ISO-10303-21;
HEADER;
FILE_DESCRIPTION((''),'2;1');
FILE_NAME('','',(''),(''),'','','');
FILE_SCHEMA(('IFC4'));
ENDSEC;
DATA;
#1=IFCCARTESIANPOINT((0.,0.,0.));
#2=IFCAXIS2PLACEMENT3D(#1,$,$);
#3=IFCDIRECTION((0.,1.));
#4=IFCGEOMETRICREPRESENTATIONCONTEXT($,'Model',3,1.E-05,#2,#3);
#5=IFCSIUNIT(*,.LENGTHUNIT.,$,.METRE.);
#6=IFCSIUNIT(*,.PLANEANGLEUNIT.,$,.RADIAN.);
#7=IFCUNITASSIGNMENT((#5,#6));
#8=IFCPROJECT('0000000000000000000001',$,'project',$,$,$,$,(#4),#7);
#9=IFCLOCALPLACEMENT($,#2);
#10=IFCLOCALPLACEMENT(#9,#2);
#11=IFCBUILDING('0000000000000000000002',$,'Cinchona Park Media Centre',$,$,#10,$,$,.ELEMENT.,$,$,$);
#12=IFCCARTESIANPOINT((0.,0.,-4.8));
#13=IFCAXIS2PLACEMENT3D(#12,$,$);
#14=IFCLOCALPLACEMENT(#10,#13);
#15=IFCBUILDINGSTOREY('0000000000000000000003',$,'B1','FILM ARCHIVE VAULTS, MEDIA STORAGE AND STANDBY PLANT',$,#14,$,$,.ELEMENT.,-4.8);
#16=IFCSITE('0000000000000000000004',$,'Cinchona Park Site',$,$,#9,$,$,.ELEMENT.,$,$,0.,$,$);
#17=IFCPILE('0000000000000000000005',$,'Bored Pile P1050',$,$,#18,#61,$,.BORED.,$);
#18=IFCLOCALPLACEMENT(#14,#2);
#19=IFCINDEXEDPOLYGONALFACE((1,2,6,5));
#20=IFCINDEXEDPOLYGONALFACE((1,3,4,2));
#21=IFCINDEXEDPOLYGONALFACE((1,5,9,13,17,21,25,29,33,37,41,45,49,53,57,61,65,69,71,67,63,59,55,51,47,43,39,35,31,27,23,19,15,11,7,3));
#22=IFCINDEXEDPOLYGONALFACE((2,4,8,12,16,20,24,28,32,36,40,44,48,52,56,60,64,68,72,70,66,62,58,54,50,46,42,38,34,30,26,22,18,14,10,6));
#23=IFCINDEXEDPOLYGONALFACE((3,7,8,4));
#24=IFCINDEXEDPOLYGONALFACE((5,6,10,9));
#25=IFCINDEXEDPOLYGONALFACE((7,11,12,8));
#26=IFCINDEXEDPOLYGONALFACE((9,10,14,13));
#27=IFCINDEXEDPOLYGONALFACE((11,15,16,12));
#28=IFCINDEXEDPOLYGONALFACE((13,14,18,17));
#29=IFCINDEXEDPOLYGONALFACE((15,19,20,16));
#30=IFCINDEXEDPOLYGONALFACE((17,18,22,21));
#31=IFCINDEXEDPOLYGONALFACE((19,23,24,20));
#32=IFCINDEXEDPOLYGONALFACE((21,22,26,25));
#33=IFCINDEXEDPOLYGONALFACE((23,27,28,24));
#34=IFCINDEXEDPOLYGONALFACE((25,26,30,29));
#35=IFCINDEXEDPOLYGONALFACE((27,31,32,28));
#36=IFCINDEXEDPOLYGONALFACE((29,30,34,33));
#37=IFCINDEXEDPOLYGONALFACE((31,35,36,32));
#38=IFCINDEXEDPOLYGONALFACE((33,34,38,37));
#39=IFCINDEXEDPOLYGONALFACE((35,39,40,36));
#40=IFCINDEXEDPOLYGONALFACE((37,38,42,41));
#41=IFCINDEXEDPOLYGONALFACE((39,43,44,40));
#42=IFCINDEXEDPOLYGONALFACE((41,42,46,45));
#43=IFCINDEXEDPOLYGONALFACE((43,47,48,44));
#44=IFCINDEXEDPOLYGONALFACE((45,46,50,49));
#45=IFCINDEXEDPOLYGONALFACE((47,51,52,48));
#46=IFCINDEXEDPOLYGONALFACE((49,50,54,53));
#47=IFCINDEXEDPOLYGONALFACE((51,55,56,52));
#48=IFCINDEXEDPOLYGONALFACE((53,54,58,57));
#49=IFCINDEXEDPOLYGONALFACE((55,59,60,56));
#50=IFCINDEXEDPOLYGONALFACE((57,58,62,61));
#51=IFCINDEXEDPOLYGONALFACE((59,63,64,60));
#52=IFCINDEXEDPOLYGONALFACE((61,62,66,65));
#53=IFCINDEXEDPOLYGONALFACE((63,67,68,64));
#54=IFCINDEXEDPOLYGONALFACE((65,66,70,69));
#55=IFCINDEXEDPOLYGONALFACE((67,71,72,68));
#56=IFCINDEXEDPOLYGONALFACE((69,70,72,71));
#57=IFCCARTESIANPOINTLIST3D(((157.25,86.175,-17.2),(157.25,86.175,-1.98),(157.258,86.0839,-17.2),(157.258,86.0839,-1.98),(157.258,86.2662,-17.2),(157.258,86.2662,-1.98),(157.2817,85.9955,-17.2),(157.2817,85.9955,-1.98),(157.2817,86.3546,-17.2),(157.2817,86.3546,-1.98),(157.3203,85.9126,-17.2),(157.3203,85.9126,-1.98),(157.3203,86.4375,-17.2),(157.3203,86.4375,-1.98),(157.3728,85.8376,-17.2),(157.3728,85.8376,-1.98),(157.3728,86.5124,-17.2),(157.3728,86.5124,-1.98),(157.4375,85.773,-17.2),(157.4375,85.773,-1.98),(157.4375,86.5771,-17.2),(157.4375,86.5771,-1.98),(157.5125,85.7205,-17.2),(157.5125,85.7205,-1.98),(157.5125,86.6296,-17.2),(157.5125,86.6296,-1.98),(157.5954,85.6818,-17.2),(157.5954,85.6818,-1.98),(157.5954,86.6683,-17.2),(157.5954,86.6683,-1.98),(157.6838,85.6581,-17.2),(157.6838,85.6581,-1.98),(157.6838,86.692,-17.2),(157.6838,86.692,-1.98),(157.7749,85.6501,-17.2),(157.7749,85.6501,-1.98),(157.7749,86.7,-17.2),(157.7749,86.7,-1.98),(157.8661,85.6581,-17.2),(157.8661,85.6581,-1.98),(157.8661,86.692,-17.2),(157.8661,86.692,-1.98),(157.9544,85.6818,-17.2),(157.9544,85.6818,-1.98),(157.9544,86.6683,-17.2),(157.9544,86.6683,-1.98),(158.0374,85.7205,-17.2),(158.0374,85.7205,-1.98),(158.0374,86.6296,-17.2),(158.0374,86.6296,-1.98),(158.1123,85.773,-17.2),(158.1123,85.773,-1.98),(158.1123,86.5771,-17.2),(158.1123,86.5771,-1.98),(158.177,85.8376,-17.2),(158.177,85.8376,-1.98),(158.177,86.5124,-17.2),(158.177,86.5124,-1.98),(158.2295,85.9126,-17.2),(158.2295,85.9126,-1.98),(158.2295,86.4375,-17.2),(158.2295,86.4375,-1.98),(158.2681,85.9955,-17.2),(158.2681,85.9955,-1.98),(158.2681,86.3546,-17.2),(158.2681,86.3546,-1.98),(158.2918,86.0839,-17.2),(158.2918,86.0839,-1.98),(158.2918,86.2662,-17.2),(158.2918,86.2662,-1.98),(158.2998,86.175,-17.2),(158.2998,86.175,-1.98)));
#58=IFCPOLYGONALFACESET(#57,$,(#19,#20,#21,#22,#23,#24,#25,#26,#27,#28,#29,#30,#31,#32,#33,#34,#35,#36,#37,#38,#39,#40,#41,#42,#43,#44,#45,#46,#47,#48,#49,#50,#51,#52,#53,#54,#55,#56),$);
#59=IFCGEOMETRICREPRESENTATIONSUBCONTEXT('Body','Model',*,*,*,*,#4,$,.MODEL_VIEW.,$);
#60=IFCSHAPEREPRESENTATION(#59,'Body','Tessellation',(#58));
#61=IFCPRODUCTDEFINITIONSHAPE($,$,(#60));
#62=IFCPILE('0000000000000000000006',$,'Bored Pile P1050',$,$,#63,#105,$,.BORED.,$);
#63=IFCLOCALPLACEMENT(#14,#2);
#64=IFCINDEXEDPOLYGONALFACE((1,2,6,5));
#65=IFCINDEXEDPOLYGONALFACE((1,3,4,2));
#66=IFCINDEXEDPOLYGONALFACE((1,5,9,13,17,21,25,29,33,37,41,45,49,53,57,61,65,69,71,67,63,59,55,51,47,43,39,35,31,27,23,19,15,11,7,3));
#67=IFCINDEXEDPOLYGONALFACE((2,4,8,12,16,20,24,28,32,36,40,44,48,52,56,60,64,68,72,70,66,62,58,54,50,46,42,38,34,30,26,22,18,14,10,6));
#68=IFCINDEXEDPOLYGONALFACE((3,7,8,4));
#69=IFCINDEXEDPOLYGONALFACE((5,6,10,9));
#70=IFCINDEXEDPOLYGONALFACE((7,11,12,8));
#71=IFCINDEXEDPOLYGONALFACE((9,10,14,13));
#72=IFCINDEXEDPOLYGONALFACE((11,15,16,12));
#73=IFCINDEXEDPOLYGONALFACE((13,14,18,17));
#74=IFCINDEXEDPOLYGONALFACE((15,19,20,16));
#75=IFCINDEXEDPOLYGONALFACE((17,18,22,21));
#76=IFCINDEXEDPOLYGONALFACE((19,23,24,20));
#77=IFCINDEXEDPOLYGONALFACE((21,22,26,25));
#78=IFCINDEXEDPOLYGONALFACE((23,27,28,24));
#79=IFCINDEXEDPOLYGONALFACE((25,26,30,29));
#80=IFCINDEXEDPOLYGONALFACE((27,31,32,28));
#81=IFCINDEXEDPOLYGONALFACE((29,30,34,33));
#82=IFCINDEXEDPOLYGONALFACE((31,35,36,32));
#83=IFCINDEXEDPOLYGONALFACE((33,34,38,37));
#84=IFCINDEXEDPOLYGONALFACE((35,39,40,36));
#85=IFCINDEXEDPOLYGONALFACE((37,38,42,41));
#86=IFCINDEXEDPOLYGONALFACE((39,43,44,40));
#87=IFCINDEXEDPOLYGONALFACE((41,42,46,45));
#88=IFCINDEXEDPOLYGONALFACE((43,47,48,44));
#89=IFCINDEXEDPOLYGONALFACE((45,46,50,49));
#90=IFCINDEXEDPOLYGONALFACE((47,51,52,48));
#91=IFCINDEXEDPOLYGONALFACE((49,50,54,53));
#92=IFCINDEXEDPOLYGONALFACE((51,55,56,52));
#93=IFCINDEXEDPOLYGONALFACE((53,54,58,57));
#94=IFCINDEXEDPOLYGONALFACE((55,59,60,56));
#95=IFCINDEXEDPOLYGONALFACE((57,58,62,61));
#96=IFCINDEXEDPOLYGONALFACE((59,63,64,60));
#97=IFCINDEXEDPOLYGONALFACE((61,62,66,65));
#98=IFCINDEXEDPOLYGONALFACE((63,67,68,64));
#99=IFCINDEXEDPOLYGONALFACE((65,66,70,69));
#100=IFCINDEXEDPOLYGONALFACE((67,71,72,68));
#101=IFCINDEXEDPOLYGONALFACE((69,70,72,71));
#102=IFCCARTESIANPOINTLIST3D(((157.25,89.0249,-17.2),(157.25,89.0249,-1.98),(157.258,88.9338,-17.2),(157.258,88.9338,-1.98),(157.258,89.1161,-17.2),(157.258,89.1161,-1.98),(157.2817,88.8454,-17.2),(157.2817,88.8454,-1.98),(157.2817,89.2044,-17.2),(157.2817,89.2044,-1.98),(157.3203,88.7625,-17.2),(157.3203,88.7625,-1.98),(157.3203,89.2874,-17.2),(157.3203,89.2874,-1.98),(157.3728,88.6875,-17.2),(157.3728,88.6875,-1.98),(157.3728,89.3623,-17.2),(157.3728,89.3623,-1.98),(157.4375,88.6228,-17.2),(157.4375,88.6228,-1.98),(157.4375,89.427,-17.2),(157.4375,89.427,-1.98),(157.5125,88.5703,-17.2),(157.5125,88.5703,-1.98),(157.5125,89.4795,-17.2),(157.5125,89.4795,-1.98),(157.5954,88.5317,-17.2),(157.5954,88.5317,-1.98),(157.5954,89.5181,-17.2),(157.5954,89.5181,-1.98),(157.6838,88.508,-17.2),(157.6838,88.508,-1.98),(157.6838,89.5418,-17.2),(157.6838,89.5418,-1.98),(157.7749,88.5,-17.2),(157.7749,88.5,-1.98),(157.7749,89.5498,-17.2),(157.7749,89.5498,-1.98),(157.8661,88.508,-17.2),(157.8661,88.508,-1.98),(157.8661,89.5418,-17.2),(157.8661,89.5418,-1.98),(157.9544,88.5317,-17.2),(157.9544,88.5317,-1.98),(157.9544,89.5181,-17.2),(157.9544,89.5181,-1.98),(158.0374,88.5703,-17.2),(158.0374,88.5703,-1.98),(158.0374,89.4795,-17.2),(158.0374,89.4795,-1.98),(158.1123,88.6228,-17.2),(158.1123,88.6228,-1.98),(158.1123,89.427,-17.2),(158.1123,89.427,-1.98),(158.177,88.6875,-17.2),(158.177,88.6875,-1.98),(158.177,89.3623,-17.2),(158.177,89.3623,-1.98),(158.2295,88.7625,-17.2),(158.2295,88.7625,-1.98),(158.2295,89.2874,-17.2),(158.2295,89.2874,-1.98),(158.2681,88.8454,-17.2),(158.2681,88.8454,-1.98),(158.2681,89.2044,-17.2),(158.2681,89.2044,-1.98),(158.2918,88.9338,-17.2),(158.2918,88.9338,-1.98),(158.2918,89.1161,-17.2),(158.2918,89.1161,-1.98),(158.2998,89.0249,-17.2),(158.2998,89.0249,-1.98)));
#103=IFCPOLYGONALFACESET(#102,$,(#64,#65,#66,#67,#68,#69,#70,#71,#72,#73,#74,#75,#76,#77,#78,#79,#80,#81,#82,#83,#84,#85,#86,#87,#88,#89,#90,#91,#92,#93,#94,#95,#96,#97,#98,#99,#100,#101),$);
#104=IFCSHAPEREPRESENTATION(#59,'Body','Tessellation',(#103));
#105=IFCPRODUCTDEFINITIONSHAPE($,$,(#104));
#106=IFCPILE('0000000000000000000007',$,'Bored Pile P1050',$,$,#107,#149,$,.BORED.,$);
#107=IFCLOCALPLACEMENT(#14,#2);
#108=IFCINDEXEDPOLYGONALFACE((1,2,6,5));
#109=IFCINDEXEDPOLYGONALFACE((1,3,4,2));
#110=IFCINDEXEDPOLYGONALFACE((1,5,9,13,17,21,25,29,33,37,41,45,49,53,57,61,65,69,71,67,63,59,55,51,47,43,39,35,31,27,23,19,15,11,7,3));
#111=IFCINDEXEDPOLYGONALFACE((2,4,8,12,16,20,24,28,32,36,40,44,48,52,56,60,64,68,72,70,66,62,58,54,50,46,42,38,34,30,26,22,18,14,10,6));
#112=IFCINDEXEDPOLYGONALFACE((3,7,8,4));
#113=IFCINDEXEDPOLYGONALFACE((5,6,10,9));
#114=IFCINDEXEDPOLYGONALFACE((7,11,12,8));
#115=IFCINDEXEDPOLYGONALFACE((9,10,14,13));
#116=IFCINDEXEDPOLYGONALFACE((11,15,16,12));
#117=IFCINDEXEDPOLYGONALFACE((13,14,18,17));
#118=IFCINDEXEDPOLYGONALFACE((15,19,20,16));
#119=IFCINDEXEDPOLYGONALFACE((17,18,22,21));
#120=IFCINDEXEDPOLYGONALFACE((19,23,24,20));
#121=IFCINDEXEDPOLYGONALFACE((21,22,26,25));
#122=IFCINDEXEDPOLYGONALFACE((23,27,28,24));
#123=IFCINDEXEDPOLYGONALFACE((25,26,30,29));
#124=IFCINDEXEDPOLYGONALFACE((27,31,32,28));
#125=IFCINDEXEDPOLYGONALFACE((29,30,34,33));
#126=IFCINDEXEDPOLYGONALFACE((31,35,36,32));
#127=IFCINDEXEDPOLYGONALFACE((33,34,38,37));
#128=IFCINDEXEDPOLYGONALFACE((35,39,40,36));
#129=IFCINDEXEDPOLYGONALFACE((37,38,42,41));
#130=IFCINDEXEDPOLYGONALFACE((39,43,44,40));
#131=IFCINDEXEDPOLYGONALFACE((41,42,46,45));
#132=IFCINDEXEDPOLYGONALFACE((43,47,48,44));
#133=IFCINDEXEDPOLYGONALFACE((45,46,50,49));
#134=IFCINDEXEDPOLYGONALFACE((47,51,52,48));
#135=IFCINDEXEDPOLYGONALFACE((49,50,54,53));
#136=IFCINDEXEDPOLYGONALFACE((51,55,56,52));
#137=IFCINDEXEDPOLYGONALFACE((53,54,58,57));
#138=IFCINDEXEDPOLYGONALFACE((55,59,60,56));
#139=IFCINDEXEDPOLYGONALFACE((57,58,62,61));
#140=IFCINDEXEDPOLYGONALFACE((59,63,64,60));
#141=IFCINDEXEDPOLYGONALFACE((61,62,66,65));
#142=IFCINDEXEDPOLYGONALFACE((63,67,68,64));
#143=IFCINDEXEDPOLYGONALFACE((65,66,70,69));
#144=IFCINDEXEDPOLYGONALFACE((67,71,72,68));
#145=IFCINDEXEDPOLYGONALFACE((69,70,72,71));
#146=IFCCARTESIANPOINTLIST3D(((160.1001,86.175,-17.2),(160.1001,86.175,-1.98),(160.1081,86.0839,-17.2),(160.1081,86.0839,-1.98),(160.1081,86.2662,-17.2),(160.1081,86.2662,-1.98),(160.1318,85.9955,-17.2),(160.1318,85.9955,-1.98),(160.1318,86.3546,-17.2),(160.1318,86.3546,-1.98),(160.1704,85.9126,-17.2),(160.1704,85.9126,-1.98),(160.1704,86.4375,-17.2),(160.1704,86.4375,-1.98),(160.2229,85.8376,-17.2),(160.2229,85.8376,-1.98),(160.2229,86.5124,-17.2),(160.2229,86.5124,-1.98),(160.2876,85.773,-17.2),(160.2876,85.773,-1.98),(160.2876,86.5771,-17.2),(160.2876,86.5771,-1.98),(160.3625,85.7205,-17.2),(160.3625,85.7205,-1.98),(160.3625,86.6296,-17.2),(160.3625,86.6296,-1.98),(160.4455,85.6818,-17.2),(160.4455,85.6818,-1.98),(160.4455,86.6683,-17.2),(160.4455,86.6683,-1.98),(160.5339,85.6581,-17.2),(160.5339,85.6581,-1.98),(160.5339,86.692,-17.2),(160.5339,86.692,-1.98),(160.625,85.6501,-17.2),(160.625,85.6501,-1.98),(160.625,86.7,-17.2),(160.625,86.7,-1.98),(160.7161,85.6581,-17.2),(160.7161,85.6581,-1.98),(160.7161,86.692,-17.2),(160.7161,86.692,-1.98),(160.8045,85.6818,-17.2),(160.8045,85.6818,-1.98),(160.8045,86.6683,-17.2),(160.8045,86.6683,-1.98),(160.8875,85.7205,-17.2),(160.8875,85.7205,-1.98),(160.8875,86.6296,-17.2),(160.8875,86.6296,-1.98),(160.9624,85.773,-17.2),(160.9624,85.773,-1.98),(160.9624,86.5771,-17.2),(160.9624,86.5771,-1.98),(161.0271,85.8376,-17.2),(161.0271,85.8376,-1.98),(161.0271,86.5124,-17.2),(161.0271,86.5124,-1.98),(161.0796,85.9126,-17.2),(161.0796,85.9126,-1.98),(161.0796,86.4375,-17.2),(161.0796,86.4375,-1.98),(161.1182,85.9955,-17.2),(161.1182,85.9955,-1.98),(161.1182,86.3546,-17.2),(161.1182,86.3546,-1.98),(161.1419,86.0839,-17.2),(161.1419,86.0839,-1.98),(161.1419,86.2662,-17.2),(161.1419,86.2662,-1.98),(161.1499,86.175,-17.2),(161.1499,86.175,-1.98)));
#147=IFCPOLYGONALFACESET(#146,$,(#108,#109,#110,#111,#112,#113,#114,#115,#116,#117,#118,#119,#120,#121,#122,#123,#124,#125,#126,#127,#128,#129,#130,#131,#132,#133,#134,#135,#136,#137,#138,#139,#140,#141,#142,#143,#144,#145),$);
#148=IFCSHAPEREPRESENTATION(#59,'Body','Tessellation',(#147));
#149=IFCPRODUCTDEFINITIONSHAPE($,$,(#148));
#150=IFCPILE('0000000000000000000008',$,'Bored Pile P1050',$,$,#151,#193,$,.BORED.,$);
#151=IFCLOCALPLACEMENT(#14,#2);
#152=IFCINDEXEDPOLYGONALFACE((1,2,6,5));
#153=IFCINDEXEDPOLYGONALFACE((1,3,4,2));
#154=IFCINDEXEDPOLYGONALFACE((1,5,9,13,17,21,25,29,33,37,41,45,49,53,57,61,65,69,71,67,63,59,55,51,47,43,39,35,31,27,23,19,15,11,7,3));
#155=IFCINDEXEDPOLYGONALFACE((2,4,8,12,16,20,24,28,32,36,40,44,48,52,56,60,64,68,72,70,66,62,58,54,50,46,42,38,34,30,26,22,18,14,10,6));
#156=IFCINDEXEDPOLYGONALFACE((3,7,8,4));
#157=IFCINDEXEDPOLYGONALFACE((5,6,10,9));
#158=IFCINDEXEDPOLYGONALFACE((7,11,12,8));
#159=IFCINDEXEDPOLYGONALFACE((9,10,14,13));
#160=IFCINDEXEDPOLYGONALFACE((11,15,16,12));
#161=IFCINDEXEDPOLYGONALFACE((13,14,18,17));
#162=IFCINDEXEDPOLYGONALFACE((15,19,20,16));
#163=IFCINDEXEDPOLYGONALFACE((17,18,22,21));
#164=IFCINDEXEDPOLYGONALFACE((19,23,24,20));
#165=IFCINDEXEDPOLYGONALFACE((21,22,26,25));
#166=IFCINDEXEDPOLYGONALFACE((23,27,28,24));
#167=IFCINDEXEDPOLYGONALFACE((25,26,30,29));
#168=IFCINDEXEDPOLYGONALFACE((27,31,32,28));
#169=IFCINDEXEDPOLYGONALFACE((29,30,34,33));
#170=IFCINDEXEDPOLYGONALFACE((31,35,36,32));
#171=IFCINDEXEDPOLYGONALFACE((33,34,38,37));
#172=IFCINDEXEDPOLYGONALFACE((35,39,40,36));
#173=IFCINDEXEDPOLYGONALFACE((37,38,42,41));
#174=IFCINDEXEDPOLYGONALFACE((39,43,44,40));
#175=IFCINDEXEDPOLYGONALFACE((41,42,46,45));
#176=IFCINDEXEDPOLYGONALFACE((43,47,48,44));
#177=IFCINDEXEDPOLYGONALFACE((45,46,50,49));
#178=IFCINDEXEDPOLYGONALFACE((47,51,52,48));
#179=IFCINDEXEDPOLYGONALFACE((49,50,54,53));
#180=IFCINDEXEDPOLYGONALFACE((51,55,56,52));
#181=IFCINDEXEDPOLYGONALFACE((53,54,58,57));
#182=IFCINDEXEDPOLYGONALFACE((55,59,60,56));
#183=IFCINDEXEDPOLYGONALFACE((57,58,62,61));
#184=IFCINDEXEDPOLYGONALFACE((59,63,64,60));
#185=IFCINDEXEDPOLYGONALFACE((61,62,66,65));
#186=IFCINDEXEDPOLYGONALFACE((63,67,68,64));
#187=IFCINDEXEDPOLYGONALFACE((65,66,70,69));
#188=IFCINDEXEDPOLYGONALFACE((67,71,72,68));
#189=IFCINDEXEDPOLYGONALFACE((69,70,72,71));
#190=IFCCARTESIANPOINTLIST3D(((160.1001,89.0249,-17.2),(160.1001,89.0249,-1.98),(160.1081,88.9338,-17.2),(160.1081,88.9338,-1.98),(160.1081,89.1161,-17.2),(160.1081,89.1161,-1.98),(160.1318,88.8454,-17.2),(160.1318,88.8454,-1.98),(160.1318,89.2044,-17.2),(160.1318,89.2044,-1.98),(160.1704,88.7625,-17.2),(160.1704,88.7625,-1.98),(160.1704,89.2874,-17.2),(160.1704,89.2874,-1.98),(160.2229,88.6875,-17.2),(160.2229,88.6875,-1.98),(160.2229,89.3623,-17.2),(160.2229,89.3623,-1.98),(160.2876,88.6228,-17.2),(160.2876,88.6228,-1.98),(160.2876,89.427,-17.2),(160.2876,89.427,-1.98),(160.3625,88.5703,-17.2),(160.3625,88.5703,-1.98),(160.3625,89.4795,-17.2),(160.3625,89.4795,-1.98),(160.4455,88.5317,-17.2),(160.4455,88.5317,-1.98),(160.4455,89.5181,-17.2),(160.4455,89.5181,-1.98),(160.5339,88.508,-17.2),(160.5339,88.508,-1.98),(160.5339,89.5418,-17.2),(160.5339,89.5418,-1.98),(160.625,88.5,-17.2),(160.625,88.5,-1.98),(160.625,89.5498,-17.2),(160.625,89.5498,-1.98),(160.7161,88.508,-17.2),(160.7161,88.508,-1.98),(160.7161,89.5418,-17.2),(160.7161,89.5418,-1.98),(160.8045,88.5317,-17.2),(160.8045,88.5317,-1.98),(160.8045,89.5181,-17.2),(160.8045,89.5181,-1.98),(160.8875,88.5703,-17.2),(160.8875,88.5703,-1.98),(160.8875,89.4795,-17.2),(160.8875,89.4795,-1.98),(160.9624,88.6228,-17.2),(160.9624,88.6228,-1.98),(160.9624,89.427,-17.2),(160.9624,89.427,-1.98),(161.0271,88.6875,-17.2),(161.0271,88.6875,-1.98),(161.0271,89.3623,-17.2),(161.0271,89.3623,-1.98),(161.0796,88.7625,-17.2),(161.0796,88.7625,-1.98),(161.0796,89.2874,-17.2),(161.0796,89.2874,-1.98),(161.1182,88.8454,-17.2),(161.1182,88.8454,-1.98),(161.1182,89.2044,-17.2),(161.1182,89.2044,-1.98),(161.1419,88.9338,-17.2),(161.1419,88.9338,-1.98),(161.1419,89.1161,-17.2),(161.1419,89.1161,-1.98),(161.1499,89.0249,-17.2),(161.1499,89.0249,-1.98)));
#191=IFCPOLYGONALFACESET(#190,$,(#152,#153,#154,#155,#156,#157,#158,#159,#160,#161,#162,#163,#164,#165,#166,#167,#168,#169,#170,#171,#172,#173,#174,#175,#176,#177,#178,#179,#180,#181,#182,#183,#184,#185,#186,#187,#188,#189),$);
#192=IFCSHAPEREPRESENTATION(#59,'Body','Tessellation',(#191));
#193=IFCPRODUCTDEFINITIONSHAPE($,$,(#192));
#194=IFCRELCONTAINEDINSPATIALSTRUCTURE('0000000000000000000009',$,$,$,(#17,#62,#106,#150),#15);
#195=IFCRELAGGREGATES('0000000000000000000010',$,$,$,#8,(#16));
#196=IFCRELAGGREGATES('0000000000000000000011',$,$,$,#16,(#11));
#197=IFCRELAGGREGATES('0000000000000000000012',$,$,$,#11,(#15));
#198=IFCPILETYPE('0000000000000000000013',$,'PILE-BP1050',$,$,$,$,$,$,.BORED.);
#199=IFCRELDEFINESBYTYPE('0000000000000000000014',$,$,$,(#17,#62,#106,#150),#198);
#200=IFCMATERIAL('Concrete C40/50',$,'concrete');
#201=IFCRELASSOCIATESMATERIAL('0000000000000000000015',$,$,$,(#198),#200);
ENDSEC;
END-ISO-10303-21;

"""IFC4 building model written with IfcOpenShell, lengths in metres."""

from ifc_helpers import new_model, si_unit, direction, frame, origin, origin_2d, place, context, subcontext, project, spatial, circle, extrude, material, material_profile, profile_set, type_object, element, save


model = new_model("IFC4")

# Units and contexts
model_context = context("Model", 3, precision=1e-05, world=origin(), true_north=direction((0.0, 1.0)))
body_context = subcontext(model_context, "Body", "Model", "MODEL_VIEW")
ifc_project = project(units=[si_unit("LENGTHUNIT", "METRE"), si_unit("PLANEANGLEUNIT", "RADIAN")], contexts=[model_context])

# Site, building, storey
site_placement = place(None, origin())
site = spatial("IfcSite", under=ifc_project, at=site_placement, Name="Cinchona Park Site", CompositionType="ELEMENT", RefElevation=0.0)
building_placement = place(site_placement, origin())
building = spatial("IfcBuilding", under=site, at=building_placement, Name="Cinchona Park Media Centre", CompositionType="ELEMENT")
storey_placement = place(building_placement, frame((0.0, 0.0, -4.8)))
storey = spatial("IfcBuildingStorey", under=building, at=storey_placement, Name="B1", Description="FILM ARCHIVE VAULTS, MEDIA STORAGE AND STANDBY PLANT", CompositionType="ELEMENT", Elevation=-4.8)

# Piles
ifc_material_1 = material(Name="Concrete C40/50", Category="concrete")
ifc_material_profile_1 = material_profile(ifc_material_1, circle(Radius=0.5249, at=origin_2d()), Name="BORED PILE 1050")
ifc_profile_set_1 = profile_set([ifc_material_profile_1], Name="Concrete C40/50")
pile_type_1 = type_object("IfcPileType", Name="PILE-BP1050", PredefinedType="BORED", material=ifc_profile_set_1)
for number, where, z_axis, x_axis, name in (
    (1, (157.7749, 86.175, -1.98), (0.0, 0.0, -1.0), (1.0, 0.0, 0.0), "Bored Pile P1050"),
    (2, (157.7749, 89.0249, -1.98), (0.0, 0.0, -1.0), (1.0, 0.0, 0.0), "Bored Pile P1050"),
    (3, (160.625, 86.175, -1.98), (0.0, 0.0, -1.0), (1.0, 0.0, 0.0), "Bored Pile P1050"),
    (4, (160.625, 89.0249, -1.98), (0.0, 0.0, -1.0), (1.0, 0.0, 0.0), "Bored Pile P1050"),
):
    element("IfcPile", number, at=place(storey_placement, frame(where, z_axis=z_axis, x_axis=x_axis)), inside=storey, type_object=pile_type_1, Name=name, PredefinedType="BORED", context=body_context, shape_type="SweptSolid", body=[
        extrude(circle(Radius=0.5249, at=origin_2d()), origin(), (0.0, 0.0, 1.0), 15.22),
    ])

save(model, "model.ifc")
